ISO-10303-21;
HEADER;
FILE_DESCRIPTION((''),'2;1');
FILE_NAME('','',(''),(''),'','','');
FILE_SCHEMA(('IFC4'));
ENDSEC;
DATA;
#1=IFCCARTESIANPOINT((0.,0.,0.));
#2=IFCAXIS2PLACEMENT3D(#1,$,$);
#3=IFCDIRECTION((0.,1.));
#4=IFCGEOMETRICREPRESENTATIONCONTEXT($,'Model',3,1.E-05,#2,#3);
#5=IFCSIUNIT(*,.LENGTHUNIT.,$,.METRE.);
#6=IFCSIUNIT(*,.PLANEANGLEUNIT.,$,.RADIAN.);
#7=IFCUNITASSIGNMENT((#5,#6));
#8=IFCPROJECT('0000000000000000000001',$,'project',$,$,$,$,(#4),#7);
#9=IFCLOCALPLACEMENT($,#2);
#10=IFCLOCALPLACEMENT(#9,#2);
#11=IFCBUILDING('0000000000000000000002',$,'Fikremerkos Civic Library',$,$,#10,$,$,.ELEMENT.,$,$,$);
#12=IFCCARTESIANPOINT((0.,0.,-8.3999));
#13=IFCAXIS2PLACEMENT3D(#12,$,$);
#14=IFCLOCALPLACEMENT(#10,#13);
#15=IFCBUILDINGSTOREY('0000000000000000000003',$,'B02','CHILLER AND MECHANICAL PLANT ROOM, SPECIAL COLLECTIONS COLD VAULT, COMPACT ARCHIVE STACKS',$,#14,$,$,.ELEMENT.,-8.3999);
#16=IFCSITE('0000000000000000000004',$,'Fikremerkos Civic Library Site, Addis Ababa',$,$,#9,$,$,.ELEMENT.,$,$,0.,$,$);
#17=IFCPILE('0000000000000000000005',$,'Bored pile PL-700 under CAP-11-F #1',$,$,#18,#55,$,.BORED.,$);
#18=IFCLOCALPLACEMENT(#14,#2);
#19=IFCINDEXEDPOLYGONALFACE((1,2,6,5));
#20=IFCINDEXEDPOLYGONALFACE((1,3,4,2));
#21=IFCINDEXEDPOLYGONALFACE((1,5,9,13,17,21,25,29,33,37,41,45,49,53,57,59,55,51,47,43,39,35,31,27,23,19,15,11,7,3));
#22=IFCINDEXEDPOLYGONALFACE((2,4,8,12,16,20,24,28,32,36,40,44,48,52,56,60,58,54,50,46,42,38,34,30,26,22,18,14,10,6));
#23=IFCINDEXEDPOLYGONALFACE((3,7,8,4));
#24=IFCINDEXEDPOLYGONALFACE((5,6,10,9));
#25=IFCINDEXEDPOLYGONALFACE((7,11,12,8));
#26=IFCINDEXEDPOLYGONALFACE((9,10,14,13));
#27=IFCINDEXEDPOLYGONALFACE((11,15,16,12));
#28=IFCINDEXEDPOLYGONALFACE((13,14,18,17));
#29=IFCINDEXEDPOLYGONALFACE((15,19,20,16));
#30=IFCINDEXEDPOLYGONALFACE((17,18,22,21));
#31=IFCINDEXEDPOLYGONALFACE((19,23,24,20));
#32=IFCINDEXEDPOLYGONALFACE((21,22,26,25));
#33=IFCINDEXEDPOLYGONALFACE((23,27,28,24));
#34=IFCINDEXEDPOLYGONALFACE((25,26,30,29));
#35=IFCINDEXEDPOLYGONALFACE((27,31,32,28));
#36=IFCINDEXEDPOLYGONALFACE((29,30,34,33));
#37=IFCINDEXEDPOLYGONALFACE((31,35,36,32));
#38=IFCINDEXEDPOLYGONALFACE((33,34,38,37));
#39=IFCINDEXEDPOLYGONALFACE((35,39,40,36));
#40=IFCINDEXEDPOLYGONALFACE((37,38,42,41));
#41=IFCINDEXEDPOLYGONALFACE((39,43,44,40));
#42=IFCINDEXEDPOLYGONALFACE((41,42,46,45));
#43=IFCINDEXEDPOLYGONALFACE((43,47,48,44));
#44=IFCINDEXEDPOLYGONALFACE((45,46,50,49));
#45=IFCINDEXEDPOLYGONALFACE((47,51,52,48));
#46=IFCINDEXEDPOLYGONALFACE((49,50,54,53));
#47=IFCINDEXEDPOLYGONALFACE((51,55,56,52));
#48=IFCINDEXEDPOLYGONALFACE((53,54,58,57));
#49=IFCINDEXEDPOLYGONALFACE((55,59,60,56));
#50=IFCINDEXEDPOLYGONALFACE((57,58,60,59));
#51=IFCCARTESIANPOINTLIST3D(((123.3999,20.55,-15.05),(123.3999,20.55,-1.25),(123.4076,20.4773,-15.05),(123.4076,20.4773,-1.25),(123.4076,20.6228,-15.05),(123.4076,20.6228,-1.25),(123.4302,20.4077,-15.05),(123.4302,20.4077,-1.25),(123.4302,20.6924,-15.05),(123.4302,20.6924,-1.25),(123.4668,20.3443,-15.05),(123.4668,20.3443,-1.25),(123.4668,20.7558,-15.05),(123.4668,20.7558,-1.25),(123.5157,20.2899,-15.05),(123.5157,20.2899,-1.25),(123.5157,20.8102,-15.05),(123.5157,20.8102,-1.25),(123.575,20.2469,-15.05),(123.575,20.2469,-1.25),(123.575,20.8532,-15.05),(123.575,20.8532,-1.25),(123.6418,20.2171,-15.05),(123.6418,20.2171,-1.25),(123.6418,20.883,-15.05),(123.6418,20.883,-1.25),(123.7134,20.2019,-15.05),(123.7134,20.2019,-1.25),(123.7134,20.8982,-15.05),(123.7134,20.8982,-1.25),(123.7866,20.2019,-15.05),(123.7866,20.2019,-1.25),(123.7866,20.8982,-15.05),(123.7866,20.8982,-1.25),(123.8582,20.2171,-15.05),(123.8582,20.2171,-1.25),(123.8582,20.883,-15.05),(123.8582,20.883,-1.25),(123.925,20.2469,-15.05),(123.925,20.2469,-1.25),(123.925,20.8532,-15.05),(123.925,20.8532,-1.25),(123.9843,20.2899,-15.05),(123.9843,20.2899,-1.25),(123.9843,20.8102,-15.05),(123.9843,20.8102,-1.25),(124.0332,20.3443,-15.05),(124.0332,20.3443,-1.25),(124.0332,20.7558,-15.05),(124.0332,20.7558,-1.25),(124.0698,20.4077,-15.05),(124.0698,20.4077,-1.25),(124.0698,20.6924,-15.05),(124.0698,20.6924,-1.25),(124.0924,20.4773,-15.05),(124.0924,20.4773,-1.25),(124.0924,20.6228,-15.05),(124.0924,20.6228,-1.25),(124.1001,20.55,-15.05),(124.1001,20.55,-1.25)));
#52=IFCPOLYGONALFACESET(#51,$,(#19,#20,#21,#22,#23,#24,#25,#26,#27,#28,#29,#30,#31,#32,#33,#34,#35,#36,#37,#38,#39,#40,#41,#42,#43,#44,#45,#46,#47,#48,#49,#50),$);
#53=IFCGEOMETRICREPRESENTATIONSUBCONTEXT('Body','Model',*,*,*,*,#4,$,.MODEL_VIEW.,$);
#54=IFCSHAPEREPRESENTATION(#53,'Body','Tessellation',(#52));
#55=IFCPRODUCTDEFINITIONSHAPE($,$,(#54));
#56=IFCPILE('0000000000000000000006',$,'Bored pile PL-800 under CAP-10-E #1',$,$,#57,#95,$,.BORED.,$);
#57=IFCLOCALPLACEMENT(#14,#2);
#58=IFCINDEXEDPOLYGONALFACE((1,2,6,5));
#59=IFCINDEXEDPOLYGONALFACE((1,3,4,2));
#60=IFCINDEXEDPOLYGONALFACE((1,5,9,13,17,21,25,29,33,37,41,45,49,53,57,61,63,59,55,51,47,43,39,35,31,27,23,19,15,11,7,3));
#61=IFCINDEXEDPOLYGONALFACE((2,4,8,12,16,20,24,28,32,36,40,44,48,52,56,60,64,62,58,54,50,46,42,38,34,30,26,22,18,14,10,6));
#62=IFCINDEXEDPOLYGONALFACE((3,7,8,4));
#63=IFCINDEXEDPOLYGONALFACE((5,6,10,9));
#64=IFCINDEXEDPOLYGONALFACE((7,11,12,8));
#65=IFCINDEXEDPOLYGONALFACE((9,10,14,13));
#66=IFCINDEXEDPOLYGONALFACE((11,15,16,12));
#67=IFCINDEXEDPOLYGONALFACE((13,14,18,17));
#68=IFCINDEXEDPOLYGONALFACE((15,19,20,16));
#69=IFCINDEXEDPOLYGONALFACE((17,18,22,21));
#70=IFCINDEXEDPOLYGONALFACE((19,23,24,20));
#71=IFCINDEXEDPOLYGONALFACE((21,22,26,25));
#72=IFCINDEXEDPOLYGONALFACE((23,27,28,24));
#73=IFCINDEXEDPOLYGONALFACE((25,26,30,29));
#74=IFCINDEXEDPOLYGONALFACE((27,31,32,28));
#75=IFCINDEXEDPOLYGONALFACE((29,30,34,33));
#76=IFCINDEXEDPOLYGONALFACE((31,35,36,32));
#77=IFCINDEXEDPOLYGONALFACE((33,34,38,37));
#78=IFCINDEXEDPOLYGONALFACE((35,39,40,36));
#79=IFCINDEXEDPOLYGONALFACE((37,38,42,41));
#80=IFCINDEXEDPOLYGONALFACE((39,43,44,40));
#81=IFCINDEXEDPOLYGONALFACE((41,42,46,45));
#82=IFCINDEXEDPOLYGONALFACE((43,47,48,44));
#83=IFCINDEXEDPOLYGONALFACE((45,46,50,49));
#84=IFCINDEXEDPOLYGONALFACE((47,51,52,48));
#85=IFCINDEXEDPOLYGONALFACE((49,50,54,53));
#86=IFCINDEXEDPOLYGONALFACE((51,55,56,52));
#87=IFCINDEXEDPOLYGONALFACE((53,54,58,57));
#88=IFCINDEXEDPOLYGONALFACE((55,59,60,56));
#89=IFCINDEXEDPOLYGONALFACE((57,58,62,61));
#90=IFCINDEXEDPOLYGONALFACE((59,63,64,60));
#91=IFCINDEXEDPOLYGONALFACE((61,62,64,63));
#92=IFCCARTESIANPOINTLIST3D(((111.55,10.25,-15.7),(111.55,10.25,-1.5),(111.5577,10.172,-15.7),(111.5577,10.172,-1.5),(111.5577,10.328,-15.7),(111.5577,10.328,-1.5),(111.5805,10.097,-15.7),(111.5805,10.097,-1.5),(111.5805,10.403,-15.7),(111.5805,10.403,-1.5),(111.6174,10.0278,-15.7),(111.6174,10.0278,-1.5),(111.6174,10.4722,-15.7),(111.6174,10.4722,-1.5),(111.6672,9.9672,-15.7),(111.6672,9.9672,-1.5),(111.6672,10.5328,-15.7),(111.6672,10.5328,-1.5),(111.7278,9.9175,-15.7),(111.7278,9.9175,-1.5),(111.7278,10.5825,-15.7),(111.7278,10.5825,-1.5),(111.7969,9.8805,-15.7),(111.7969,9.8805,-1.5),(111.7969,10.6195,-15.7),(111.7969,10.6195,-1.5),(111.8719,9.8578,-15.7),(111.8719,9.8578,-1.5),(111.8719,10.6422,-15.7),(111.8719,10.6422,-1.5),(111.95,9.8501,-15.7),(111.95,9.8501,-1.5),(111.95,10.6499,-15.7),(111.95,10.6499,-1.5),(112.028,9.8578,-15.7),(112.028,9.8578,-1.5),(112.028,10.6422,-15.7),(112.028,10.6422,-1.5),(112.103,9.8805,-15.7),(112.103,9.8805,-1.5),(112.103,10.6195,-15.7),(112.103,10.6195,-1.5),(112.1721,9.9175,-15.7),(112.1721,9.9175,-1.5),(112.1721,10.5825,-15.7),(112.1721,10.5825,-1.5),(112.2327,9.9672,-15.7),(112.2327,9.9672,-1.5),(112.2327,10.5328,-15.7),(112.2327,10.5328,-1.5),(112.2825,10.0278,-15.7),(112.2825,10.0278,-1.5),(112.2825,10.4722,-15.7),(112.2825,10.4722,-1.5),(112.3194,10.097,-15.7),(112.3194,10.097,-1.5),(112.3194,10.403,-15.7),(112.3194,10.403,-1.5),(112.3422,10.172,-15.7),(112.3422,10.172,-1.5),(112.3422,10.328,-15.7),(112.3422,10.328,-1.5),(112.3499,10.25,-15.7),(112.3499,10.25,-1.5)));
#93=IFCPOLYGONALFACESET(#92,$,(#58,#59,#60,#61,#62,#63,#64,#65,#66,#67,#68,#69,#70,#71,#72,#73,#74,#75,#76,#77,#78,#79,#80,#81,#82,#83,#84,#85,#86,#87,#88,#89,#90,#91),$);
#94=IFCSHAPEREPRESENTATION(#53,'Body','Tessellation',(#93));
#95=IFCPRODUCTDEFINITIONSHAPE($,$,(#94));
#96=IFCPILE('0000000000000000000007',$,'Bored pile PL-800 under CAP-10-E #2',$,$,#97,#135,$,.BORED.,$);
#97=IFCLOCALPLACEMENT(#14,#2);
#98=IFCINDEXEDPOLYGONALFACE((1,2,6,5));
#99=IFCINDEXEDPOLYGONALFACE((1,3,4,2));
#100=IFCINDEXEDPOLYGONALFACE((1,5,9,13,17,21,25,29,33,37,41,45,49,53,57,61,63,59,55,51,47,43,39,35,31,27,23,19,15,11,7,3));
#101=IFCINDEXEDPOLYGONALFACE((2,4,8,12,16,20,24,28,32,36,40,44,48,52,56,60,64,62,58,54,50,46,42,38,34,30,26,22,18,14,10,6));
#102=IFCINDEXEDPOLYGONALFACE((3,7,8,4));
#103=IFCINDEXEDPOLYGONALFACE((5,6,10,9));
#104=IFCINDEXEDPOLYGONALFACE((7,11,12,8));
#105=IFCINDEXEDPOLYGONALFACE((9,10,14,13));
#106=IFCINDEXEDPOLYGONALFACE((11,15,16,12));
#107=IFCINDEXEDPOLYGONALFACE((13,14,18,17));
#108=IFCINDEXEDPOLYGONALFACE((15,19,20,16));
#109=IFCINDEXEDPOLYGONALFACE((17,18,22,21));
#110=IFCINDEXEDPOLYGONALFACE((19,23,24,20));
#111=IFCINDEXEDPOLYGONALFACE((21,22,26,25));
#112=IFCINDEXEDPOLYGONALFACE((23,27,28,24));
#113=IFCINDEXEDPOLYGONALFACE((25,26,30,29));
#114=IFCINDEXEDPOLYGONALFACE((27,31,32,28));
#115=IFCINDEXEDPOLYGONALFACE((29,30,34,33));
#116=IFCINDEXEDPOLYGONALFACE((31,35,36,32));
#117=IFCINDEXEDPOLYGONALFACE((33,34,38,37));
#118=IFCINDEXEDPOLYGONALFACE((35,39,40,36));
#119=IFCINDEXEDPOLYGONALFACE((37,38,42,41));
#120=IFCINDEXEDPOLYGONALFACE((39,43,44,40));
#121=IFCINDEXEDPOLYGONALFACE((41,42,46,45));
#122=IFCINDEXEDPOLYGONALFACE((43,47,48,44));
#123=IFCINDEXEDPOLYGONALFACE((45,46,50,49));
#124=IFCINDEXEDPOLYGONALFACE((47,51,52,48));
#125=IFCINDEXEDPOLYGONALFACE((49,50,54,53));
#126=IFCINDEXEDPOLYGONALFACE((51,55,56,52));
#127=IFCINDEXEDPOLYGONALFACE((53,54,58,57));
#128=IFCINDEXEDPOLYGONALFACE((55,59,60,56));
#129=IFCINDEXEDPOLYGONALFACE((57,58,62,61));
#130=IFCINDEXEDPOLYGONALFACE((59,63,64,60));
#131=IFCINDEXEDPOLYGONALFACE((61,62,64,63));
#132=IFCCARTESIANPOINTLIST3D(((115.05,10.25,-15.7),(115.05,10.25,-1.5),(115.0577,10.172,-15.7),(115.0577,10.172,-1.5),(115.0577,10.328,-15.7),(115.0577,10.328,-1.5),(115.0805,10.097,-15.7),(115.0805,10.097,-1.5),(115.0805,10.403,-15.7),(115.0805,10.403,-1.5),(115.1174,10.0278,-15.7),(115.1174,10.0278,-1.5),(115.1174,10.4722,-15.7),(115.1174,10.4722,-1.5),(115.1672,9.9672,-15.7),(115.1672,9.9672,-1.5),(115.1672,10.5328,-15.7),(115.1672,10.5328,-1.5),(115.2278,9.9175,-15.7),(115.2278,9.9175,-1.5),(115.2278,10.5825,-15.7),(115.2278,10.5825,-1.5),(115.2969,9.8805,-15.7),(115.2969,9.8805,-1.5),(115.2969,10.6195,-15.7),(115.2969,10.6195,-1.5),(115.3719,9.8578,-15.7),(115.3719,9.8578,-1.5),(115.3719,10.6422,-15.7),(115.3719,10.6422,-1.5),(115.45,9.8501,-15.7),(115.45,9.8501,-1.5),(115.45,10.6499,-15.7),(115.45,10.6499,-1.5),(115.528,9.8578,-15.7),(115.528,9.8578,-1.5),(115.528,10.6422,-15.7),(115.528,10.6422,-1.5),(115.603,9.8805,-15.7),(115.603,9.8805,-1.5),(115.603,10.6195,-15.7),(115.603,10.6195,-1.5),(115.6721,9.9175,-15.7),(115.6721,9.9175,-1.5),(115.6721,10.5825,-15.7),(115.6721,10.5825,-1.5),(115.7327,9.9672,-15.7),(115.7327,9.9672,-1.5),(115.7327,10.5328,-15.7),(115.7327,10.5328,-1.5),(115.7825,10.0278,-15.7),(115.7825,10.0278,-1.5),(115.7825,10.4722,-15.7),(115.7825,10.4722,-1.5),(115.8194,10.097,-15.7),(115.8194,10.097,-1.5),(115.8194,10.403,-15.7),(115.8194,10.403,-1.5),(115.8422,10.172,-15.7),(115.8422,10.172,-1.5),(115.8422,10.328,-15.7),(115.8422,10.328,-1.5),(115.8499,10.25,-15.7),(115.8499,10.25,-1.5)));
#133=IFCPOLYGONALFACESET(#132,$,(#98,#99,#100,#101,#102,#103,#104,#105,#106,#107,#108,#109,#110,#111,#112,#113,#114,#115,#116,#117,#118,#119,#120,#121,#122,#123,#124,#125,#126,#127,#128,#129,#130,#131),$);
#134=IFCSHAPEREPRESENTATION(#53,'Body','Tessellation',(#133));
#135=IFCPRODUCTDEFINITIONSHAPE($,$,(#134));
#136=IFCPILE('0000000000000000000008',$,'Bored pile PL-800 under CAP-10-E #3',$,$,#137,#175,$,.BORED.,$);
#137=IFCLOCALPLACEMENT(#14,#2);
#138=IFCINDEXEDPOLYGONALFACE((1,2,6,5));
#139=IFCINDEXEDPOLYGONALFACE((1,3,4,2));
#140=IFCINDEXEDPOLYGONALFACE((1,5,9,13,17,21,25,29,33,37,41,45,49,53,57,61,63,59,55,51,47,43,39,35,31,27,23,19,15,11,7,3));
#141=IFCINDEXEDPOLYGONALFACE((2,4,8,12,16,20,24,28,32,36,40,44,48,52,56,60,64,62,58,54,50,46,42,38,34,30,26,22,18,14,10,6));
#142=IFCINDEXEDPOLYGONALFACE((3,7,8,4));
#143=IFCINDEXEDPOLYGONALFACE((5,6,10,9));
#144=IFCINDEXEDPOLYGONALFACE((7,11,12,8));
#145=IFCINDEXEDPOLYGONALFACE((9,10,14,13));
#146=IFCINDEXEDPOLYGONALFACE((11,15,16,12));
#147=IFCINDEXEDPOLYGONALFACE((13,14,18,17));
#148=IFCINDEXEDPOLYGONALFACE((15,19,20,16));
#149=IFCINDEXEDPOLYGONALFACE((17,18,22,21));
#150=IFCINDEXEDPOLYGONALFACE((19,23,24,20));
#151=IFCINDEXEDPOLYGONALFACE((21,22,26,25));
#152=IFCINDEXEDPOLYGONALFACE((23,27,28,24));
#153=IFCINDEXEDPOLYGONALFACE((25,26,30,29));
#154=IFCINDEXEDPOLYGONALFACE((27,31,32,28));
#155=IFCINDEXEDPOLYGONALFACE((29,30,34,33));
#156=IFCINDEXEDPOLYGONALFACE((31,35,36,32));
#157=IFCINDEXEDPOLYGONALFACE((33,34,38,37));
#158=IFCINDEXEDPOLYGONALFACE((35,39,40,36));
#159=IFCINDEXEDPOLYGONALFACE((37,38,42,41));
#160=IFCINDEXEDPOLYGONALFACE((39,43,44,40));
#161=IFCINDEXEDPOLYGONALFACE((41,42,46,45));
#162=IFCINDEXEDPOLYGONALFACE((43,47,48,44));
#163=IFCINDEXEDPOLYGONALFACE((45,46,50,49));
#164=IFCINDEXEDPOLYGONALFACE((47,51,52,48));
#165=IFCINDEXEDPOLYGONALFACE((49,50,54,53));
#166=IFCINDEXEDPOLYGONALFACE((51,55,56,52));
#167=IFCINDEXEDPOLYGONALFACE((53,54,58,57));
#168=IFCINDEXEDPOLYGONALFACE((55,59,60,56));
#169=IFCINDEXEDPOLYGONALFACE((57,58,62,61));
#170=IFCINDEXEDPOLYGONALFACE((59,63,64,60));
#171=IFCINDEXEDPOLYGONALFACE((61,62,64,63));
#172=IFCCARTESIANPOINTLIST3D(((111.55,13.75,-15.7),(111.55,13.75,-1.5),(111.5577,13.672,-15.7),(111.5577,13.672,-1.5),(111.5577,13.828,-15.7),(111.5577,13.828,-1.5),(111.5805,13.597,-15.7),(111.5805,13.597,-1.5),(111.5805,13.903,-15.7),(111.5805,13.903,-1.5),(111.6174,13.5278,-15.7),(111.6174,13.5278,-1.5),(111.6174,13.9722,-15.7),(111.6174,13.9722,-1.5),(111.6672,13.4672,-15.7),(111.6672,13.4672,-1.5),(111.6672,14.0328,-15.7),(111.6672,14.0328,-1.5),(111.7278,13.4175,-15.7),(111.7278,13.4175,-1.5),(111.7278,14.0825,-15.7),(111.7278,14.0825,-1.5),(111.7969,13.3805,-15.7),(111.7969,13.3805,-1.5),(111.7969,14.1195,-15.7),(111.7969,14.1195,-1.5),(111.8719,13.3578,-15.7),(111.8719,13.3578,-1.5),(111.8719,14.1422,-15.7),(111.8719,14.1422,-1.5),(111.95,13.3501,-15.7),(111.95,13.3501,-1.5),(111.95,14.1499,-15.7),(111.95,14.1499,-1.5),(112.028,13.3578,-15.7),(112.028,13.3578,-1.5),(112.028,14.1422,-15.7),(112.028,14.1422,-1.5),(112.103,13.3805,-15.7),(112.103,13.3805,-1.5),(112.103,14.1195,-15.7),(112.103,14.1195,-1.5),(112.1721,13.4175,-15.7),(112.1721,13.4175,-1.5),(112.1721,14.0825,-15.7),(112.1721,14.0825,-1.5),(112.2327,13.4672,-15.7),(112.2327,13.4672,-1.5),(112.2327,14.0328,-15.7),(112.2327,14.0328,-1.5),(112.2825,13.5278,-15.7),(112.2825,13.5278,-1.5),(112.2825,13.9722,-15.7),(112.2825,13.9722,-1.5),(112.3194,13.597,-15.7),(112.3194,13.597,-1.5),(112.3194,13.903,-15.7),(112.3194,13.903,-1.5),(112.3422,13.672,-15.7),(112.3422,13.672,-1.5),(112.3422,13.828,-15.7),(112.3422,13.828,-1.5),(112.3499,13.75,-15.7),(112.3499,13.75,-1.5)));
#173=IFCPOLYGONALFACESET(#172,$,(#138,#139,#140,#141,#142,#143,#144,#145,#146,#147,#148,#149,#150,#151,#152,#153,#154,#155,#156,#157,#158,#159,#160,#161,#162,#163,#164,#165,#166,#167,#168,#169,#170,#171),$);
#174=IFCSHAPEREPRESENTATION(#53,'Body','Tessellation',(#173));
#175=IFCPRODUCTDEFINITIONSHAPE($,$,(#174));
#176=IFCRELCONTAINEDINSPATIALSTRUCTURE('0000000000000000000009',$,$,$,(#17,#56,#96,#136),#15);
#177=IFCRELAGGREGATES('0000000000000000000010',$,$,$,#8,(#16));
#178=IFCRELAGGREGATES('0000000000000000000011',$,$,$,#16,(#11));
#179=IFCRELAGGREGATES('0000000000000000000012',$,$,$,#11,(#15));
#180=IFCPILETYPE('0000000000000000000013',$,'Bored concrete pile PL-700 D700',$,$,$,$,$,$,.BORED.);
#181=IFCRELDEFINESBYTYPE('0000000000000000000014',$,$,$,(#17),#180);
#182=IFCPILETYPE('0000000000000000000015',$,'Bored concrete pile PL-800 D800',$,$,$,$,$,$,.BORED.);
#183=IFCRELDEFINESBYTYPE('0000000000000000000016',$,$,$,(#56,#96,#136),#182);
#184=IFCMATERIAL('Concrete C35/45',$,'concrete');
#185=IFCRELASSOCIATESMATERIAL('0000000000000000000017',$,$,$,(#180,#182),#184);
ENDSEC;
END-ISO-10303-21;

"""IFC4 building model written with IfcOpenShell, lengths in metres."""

from ifc_helpers import new_model, si_unit, direction, frame, origin, origin_2d, place, context, subcontext, project, spatial, circle, extrude, material, material_profile, profile_set, type_object, element, save


model = new_model("IFC4")

# Units and contexts
model_context = context("Model", 3, precision=1e-05, world=origin(), true_north=direction((0.0, 1.0)))
body_context = subcontext(model_context, "Body", "Model", "MODEL_VIEW")
ifc_project = project(units=[si_unit("LENGTHUNIT", "METRE"), si_unit("PLANEANGLEUNIT", "RADIAN")], contexts=[model_context])

# Site, building, storey
site_placement = place(None, origin())
site = spatial("IfcSite", under=ifc_project, at=site_placement, Name="Fikremerkos Civic Library Site, Addis Ababa", CompositionType="ELEMENT", RefElevation=0.0)
building_placement = place(site_placement, origin())
building = spatial("IfcBuilding", under=site, at=building_placement, Name="Fikremerkos Civic Library", CompositionType="ELEMENT")
storey_placement = place(building_placement, frame((0.0, 0.0, -8.3999)))
storey = spatial("IfcBuildingStorey", under=building, at=storey_placement, Name="B02", Description="CHILLER AND MECHANICAL PLANT ROOM, SPECIAL COLLECTIONS COLD VAULT, COMPACT ARCHIVE STACKS", CompositionType="ELEMENT", Elevation=-8.3999)

# Piles
ifc_material_1 = material(Name="Concrete C35/45", Category="concrete")
ifc_material_profile_1 = material_profile(ifc_material_1, circle(Radius=0.3501, at=origin_2d()), Name="BORED PILE 700")
ifc_profile_set_1 = profile_set([ifc_material_profile_1], Name="Concrete C35/45")
pile_type_1 = type_object("IfcPileType", Name="Bored concrete pile PL-700 D700", PredefinedType="BORED", material=ifc_profile_set_1)
pile_1_placement = place(storey_placement, frame((123.75, 20.55, -1.25), z_axis=(0.0, 0.0, -1.0), x_axis=(1.0, 0.0, 0.0)))
element("IfcPile", 1, at=pile_1_placement, inside=storey, type_object=pile_type_1, Name="Bored pile PL-700 under CAP-11-F #1", PredefinedType="BORED", context=body_context, shape_type="SweptSolid", body=[
    extrude(circle(Radius=0.3501, at=origin_2d()), origin(), (0.0, 0.0, 1.0), 13.8),
])
ifc_material_profile_2 = material_profile(ifc_material_1, circle(Radius=0.3999, at=origin_2d()), Name="BORED PILE 800")
ifc_profile_set_2 = profile_set([ifc_material_profile_2], Name="Concrete C35/45")
pile_type_2 = type_object("IfcPileType", Name="Bored concrete pile PL-800 D800", PredefinedType="BORED", material=ifc_profile_set_2)
for number, where, z_axis, x_axis, name in (
    (2, (111.95, 10.25, -1.5), (0.0, 0.0, -1.0), (1.0, 0.0, 0.0), "Bored pile PL-800 under CAP-10-E #1"),
    (3, (115.45, 10.25, -1.5), (0.0, 0.0, -1.0), (1.0, 0.0, 0.0), "Bored pile PL-800 under CAP-10-E #2"),
    (4, (111.95, 13.75, -1.5), (0.0, 0.0, -1.0), (1.0, 0.0, 0.0), "Bored pile PL-800 under CAP-10-E #3"),
):
    element("IfcPile", number, at=place(storey_placement, frame(where, z_axis=z_axis, x_axis=x_axis)), inside=storey, type_object=pile_type_2, Name=name, PredefinedType="BORED", context=body_context, shape_type="SweptSolid", body=[
        extrude(circle(Radius=0.3999, at=origin_2d()), origin(), (0.0, 0.0, 1.0), 14.2),
    ])

save(model, "model.ifc")
